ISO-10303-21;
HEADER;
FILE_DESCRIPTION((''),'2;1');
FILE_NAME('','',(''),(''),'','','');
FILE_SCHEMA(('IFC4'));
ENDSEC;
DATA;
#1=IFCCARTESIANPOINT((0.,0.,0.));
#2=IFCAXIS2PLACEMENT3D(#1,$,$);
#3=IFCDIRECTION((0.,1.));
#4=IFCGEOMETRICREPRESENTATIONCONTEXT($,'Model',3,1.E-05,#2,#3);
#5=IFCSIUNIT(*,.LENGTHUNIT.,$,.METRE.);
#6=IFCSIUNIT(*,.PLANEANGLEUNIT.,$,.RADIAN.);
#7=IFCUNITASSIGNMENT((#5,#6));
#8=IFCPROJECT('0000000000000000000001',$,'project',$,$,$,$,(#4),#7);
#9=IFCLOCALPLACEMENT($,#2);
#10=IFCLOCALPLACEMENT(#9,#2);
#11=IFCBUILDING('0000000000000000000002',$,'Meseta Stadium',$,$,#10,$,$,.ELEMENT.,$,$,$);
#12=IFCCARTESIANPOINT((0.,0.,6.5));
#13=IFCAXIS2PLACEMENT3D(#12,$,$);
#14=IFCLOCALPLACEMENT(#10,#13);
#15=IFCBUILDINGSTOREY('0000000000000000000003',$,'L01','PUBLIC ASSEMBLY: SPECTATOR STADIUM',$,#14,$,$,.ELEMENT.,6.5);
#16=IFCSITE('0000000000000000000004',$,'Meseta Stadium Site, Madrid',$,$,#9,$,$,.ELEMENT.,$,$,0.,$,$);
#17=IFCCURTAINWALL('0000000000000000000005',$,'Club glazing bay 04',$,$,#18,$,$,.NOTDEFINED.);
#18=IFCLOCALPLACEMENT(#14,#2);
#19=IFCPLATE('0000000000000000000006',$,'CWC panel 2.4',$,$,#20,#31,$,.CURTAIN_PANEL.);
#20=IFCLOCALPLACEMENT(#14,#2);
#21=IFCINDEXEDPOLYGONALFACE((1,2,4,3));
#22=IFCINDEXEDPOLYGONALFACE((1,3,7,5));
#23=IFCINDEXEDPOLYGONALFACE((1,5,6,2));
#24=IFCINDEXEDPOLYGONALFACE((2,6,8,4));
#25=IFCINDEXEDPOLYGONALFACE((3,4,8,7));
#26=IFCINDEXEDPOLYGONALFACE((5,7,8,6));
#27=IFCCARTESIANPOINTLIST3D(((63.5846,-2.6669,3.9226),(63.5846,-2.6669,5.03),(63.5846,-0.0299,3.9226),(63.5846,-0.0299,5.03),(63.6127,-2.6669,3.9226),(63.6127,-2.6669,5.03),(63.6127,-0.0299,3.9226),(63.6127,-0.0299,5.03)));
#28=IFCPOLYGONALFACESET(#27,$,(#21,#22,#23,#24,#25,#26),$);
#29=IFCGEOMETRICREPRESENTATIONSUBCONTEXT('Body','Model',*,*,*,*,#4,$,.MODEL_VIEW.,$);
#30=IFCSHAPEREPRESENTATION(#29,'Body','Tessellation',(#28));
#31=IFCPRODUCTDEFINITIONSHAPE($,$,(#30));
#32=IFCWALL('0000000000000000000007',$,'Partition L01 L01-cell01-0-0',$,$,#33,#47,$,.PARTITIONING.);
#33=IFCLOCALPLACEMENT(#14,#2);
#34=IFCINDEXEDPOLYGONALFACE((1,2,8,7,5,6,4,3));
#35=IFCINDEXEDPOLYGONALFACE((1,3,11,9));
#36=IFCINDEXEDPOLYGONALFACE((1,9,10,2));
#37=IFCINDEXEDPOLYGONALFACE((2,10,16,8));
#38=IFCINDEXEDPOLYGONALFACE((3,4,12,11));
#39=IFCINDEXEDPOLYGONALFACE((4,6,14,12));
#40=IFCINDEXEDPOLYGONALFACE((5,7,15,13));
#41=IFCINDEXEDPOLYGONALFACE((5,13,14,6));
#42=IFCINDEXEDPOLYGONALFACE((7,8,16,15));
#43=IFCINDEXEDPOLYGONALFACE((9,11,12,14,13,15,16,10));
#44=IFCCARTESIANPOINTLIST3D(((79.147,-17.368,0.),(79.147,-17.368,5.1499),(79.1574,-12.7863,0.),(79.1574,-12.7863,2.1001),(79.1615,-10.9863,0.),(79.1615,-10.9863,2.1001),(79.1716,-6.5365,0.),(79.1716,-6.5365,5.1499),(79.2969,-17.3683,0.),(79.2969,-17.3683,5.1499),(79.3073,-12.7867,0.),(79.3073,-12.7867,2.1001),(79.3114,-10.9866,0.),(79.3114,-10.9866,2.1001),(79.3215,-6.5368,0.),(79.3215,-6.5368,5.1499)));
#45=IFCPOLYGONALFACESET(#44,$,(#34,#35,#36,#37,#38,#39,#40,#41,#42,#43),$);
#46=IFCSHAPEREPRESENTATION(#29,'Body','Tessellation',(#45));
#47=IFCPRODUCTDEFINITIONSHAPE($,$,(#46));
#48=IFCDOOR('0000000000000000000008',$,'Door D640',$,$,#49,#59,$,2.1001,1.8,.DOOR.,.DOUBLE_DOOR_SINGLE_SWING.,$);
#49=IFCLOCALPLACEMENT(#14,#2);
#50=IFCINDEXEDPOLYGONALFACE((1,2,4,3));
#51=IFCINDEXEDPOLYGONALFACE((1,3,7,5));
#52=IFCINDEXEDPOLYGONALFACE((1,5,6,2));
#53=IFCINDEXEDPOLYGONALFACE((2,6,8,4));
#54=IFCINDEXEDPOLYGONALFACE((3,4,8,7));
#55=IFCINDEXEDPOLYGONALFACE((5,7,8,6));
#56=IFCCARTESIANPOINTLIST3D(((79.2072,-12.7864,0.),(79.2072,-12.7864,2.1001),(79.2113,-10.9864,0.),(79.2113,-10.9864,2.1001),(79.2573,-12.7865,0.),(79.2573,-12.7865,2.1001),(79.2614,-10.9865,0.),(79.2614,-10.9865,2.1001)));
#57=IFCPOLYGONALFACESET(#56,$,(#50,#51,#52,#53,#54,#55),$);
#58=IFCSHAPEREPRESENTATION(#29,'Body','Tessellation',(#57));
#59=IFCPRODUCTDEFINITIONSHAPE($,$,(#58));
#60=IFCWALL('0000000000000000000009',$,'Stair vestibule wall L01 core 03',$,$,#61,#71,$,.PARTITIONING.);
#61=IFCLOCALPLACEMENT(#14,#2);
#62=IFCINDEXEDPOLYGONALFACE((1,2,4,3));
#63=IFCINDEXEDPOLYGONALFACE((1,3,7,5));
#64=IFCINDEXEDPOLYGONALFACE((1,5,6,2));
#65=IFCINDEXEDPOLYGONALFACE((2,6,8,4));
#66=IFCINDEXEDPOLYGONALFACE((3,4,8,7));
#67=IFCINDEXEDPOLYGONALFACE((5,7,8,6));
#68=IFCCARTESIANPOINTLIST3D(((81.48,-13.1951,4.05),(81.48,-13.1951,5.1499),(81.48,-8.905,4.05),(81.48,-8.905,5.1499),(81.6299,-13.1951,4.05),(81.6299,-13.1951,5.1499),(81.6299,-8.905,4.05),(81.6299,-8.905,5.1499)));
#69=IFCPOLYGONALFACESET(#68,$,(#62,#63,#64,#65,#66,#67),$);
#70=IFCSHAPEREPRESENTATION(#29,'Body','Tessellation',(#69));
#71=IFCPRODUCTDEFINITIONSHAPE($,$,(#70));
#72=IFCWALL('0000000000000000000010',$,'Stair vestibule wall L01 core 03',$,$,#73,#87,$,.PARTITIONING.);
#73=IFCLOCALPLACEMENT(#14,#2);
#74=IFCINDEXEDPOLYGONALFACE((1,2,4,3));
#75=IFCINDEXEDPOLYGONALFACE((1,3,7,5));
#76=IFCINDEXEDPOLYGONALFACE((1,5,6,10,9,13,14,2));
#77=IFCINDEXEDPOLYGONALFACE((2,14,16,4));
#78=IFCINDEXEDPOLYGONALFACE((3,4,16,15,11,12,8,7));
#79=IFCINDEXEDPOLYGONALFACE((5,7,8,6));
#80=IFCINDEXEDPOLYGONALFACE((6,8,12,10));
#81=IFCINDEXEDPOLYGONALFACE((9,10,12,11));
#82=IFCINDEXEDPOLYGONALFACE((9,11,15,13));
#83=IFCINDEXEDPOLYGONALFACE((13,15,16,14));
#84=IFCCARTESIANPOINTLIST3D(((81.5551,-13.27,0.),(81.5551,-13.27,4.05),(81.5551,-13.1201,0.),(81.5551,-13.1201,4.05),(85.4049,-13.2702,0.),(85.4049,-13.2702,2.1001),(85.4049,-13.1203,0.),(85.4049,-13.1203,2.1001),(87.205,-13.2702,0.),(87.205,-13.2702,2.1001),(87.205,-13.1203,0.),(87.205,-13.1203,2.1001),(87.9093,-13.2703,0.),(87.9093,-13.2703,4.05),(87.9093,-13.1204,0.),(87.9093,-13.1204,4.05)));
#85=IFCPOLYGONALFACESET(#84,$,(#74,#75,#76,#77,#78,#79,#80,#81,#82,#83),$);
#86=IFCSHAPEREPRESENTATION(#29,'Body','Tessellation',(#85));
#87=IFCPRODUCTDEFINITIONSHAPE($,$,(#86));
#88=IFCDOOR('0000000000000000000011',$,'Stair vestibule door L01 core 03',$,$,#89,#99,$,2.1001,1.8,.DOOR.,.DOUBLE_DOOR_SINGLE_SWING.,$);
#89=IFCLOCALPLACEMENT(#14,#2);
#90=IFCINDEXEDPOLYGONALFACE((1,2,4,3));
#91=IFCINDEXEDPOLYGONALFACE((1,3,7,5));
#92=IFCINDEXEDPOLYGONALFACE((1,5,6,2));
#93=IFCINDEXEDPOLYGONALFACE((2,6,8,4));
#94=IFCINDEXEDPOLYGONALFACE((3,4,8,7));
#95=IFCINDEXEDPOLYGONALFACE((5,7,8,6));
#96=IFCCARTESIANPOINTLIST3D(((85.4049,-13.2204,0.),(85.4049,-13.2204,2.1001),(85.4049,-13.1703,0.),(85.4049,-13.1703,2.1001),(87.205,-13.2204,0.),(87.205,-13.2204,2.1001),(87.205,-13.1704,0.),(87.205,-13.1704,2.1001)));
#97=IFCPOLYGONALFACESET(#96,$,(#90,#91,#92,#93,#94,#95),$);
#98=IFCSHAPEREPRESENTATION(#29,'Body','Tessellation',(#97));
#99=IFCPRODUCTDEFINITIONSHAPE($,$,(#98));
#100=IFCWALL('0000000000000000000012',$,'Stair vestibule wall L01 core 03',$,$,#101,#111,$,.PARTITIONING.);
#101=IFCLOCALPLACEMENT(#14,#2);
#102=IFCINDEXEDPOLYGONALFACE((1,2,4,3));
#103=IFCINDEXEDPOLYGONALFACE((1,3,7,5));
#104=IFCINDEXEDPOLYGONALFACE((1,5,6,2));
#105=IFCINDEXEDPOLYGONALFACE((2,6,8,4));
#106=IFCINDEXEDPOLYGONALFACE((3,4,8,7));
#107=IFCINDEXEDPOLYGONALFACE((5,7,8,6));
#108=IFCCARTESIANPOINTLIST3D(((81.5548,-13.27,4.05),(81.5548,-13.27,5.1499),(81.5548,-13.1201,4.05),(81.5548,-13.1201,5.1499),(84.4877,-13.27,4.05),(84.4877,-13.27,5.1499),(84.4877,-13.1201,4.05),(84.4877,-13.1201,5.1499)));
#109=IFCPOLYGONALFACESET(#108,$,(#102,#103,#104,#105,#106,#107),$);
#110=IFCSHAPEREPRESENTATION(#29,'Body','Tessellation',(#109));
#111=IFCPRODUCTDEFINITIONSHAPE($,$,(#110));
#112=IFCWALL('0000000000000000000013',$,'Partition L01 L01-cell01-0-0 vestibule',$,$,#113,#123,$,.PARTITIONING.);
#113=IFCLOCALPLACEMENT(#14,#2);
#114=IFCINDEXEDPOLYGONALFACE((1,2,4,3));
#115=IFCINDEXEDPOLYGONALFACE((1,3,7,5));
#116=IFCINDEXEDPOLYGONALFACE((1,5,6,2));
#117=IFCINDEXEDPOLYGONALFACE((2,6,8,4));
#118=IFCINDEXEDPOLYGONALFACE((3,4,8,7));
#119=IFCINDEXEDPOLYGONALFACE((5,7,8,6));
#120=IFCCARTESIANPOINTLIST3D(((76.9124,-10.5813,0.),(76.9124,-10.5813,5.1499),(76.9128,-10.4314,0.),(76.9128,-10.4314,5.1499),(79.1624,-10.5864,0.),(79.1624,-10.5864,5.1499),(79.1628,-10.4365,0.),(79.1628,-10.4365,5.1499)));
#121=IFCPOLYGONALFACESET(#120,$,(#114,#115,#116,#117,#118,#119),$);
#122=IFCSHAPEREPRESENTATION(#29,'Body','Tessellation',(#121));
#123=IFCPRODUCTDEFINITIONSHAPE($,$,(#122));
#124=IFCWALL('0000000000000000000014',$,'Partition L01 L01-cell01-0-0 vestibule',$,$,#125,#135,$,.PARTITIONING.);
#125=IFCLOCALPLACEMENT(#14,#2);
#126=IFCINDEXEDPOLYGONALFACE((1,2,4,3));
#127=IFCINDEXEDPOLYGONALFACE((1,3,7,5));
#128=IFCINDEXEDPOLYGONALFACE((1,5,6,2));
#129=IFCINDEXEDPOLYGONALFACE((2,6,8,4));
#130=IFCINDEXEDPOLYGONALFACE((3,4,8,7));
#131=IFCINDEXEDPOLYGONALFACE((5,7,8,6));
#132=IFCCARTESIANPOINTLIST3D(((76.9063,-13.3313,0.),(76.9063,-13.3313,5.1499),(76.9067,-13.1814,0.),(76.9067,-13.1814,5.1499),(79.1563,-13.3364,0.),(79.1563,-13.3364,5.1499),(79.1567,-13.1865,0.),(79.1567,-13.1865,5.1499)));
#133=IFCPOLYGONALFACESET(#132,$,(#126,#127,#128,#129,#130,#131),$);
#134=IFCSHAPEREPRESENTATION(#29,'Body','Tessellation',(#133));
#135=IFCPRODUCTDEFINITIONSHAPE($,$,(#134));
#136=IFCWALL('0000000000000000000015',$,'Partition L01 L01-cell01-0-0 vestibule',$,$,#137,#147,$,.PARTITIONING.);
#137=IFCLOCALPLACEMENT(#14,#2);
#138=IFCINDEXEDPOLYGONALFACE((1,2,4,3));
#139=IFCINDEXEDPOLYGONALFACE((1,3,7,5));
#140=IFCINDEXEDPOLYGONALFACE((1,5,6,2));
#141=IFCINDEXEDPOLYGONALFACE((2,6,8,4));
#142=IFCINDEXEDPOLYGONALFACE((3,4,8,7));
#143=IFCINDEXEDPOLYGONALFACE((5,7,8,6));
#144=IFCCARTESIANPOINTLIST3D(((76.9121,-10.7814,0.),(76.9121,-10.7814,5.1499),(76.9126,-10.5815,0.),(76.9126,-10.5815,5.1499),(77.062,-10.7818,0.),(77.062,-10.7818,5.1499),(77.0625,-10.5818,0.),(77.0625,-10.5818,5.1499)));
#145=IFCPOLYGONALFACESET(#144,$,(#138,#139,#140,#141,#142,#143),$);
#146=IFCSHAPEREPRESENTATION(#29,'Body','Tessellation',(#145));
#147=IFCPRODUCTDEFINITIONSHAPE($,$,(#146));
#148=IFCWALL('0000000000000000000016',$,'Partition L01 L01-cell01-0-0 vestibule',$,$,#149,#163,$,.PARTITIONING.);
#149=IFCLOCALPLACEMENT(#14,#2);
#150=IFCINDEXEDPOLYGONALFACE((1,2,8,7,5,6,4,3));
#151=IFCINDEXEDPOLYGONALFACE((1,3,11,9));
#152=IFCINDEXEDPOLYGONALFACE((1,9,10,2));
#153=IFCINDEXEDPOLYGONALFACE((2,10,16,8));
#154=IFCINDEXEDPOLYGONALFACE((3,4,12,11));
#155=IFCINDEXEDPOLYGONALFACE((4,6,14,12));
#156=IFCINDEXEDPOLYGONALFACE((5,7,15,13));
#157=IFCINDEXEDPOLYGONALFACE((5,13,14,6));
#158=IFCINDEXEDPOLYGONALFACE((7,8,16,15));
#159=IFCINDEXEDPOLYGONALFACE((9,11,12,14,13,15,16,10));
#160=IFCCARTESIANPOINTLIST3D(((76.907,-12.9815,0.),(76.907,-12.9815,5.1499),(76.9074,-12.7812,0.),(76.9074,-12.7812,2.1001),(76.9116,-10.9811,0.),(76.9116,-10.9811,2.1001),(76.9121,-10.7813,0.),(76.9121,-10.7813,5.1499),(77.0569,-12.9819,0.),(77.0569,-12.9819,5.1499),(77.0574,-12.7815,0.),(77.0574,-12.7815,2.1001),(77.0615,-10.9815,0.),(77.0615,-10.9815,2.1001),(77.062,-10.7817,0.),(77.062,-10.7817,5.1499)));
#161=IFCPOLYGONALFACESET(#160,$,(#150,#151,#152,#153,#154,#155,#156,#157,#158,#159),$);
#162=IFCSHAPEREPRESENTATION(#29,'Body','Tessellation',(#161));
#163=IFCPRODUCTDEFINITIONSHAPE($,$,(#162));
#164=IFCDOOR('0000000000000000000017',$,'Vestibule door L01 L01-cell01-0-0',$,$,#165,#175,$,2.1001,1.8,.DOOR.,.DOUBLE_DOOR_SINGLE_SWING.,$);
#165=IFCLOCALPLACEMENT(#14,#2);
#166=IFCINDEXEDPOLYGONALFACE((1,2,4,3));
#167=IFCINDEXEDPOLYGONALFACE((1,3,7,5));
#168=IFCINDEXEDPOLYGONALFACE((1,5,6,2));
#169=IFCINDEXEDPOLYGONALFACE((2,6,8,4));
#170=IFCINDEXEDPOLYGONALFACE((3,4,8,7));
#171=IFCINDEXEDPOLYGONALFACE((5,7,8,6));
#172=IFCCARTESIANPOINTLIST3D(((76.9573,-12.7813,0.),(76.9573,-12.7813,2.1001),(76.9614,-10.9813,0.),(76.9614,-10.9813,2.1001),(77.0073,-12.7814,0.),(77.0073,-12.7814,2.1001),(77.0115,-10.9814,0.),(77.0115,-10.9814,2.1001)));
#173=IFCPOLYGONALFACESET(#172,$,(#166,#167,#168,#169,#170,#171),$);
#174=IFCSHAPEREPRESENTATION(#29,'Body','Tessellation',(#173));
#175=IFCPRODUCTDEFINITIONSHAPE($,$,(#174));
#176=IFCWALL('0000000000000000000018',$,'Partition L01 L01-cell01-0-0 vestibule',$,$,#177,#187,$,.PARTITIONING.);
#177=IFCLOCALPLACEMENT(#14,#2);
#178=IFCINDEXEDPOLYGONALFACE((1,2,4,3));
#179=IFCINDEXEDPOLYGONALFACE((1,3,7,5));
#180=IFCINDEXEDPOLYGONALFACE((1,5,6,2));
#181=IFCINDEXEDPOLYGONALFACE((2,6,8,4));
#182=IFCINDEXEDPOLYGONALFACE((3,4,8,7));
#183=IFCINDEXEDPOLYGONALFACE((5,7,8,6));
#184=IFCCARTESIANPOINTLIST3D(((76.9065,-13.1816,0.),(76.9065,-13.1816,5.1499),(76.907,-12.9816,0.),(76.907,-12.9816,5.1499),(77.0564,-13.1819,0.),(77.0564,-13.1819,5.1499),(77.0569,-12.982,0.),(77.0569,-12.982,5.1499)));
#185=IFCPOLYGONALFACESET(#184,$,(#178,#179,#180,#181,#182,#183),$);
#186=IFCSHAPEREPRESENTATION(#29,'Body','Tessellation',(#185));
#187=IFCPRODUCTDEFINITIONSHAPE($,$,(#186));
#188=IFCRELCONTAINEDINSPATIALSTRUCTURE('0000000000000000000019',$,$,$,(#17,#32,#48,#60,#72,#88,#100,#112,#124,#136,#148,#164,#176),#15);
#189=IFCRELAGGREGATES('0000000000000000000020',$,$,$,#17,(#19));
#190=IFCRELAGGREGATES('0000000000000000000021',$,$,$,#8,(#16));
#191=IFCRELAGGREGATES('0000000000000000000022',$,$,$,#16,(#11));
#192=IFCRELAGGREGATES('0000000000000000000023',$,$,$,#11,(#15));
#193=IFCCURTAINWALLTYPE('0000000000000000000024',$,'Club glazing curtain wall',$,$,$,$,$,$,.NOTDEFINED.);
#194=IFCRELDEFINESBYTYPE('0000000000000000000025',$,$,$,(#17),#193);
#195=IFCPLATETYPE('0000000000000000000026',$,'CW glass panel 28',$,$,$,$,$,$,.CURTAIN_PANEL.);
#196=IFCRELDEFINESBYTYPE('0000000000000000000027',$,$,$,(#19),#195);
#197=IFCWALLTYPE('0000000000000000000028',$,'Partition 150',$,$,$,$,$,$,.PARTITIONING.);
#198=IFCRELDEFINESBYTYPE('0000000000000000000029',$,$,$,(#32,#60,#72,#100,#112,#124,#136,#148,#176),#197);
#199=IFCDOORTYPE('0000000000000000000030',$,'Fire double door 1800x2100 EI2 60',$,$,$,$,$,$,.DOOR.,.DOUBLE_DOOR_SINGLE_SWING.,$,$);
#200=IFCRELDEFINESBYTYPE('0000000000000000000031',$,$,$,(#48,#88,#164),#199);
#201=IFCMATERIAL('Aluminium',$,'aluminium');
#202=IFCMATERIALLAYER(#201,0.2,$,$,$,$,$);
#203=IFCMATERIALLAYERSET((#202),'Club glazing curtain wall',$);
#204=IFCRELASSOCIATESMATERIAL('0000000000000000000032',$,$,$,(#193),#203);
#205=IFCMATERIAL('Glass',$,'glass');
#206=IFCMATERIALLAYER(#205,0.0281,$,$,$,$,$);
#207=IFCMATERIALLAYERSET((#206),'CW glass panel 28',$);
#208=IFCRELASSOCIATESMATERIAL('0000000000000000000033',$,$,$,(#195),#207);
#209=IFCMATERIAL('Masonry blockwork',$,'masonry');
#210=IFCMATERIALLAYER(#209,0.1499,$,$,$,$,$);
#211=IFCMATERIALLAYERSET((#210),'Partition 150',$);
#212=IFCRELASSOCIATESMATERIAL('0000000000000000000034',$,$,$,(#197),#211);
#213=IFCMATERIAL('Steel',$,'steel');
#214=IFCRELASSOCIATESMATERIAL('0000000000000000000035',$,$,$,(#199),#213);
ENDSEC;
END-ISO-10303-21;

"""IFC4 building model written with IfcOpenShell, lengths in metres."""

from ifc_helpers import new_model, si_unit, direction, frame, frame_2d, origin, origin_2d, place, context, subcontext, project, spatial, rectangle, extrude, material, layer, layer_set, type_object, element, fill, aggregate, save


model = new_model("IFC4")

# Units and contexts
model_context = context("Model", 3, precision=1e-05, world=origin(), true_north=direction((0.0, 1.0)))
body_context = subcontext(model_context, "Body", "Model", "MODEL_VIEW")
ifc_project = project(units=[si_unit("LENGTHUNIT", "METRE"), si_unit("PLANEANGLEUNIT", "RADIAN")], contexts=[model_context])

# Site, building, storey
site_placement = place(None, origin())
site = spatial("IfcSite", under=ifc_project, at=site_placement, Name="Meseta Stadium Site, Madrid", CompositionType="ELEMENT", RefElevation=0.0)
building_placement = place(site_placement, origin())
building = spatial("IfcBuilding", under=site, at=building_placement, Name="Meseta Stadium", CompositionType="ELEMENT")
storey_placement = place(building_placement, frame((0.0, 0.0, 6.5)))
storey = spatial("IfcBuildingStorey", under=building, at=storey_placement, Name="L01", Description="PUBLIC ASSEMBLY: SPECTATOR STADIUM", CompositionType="ELEMENT", Elevation=6.5)

# Curtain wall
ifc_material_1 = material(Name="Aluminium", Category="aluminium")
ifc_layer_1 = layer(ifc_material_1, 0.2)
ifc_layer_set_1 = layer_set([ifc_layer_1], Name="Club glazing curtain wall")
curtain_wall_type = type_object("IfcCurtainWallType", Name="Club glazing curtain wall", PredefinedType="NOTDEFINED", material=ifc_layer_set_1)
curtain_wall_placement = place(storey_placement, origin())
curtain_wall = element("IfcCurtainWall", 1, at=curtain_wall_placement, inside=storey, type_object=curtain_wall_type, Name="Club glazing bay 04", PredefinedType="NOTDEFINED")

# Plate
ifc_material_2 = material(Name="Glass", Category="glass")
ifc_layer_2 = layer(ifc_material_2, 0.0281)
ifc_layer_set_2 = layer_set([ifc_layer_2], Name="CW glass panel 28")
plate_type = type_object("IfcPlateType", Name="CW glass panel 28", PredefinedType="CURTAIN_PANEL", material=ifc_layer_set_2)
plate_1_placement = place(storey_placement, frame((63.5986, -1.3484, 3.9226), z_axis=(0.0, 0.0, 1.0), x_axis=(0.0, 1.0, 0.0)))
plate_1 = element("IfcPlate", 2, at=plate_1_placement, type_object=plate_type, Name="CWC panel 2.4", PredefinedType="CURTAIN_PANEL", context=body_context, shape_type="SweptSolid", body=[
    extrude(rectangle(XDim=2.637, YDim=0.0281, at=origin_2d()), origin(), (0.0, 0.0, 1.0), 1.1074),
])
aggregate(curtain_wall, [plate_1])

# Wall, opening, door
ifc_material_3 = material(Name="Masonry blockwork", Category="masonry")
ifc_layer_3 = layer(ifc_material_3, 0.1499)
ifc_layer_set_3 = layer_set([ifc_layer_3], Name="Partition 150")
wall_type = type_object("IfcWallType", Name="Partition 150", PredefinedType="PARTITIONING", material=ifc_layer_set_3)
wall_1_placement = place(storey_placement, frame((79.2466, -6.5366, 0.0), z_axis=(0.0, 0.0, 1.0), x_axis=(-0.002277, -0.999997, 0.0)))
wall_1 = element("IfcWall", 3, at=wall_1_placement, inside=storey, type_object=wall_type, Name="Partition L01 L01-cell01-0-0", PredefinedType="PARTITIONING", context=body_context, shape_type="SweptSolid", body=[
    extrude(rectangle(XDim=10.8315, YDim=0.1499, at=frame_2d((5.4158, 0.0))), origin(), (0.0, 0.0, 1.0), 5.1499),
])
opening_1_placement = place(wall_1_placement, frame((4.45, 0.0, 0.0)))
opening_1 = element("IfcOpeningElement", 4, at=opening_1_placement, cuts=wall_1, PredefinedType="OPENING", context=body_context, shape_type="SweptSolid", body=[
    extrude(rectangle(XDim=1.8, YDim=2.1001, at=frame_2d((0.8999, 1.05))), frame((0.0, 0.085, 0.0), z_axis=(0.0, -1.0, 0.0), x_axis=(1.0, 0.0, 0.0)), (0.0, 0.0, 1.0), 0.1699),
])
ifc_material_4 = material(Name="Steel", Category="steel")
door_type = type_object("IfcDoorType", Name="Fire double door 1800x2100 EI2 60", OperationType="DOUBLE_DOOR_SINGLE_SWING", PredefinedType="DOOR", material=ifc_material_4)
door_1_placement = place(opening_1_placement, origin())
door_1 = element("IfcDoor", 5, at=door_1_placement, inside=storey, type_object=door_type, Name="Door D640", OperationType="DOUBLE_DOOR_SINGLE_SWING", OverallHeight=2.1001, OverallWidth=1.8, PredefinedType="DOOR", context=body_context, shape_type="SweptSolid", body=[
    extrude(rectangle(XDim=1.8, YDim=2.1001, at=frame_2d((0.8999, 1.05))), frame((0.0, 0.0249, 0.0), z_axis=(0.0, -1.0, 0.0), x_axis=(1.0, 0.0, 0.0)), (0.0, 0.0, 1.0), 0.05),
])
fill(opening_1, door_1)

# Wall
wall_2_placement = place(storey_placement, frame((81.5549, -8.905, 4.05), z_axis=(0.0, 0.0, 1.0), x_axis=(0.0, -1.0, 0.0)))
element("IfcWall", 6, at=wall_2_placement, inside=storey, type_object=wall_type, Name="Stair vestibule wall L01 core 03", PredefinedType="PARTITIONING", context=body_context, shape_type="SweptSolid", body=[
    extrude(rectangle(XDim=4.29, YDim=0.1499, at=frame_2d((2.145, 0.0))), origin(), (0.0, 0.0, 1.0), 1.0999),
])

# Wall, opening, door
wall_3_placement = place(storey_placement, frame((81.5549, -13.1951, 0.0), z_axis=(0.0, 0.0, 1.0), x_axis=(1.0, -0.000038, 0.0)))
wall_3 = element("IfcWall", 7, at=wall_3_placement, inside=storey, type_object=wall_type, Name="Stair vestibule wall L01 core 03", PredefinedType="PARTITIONING", context=body_context, shape_type="SweptSolid", body=[
    extrude(rectangle(XDim=6.3542, YDim=0.1499, at=frame_2d((3.1772, 0.0))), origin(), (0.0, 0.0, 1.0), 4.05),
])
opening_2_placement = place(wall_3_placement, frame((3.8501, 0.0, 0.0)))
opening_2 = element("IfcOpeningElement", 8, at=opening_2_placement, cuts=wall_3, PredefinedType="OPENING", context=body_context, shape_type="SweptSolid", body=[
    extrude(rectangle(XDim=1.8, YDim=2.1001, at=frame_2d((0.8999, 1.05))), frame((0.0, 0.085, 0.0), z_axis=(0.0, -1.0, 0.0), x_axis=(1.0, 0.0, 0.0)), (0.0, 0.0, 1.0), 0.1699),
])
door_2_placement = place(opening_2_placement, origin())
door_2 = element("IfcDoor", 9, at=door_2_placement, inside=storey, type_object=door_type, Name="Stair vestibule door L01 core 03", OperationType="DOUBLE_DOOR_SINGLE_SWING", OverallHeight=2.1001, OverallWidth=1.8, PredefinedType="DOOR", context=body_context, shape_type="SweptSolid", body=[
    extrude(rectangle(XDim=1.8, YDim=2.1001, at=frame_2d((0.8999, 1.05))), frame((0.0, 0.0249, 0.0), z_axis=(0.0, -1.0, 0.0), x_axis=(1.0, 0.0, 0.0)), (0.0, 0.0, 1.0), 0.05),
])
fill(opening_2, door_2)

# Walls
wall_4_placement = place(storey_placement, frame((81.5549, -13.1951, 4.05), z_axis=(0.0, 0.0, 1.0), x_axis=(1.0, 0.0, 0.0)))
element("IfcWall", 10, at=wall_4_placement, inside=storey, type_object=wall_type, Name="Stair vestibule wall L01 core 03", PredefinedType="PARTITIONING", context=body_context, shape_type="SweptSolid", body=[
    extrude(rectangle(XDim=2.9329, YDim=0.1499, at=frame_2d((1.4663, 0.0))), origin(), (0.0, 0.0, 1.0), 1.0999),
])
for number, where, z_axis, x_axis, name in (
    (11, (79.1626, -10.5115, 0.0), (0.0, 0.0, 1.0), (-0.999997, 0.002279, 0.0), "Partition L01 L01-cell01-0-0 vestibule"),
    (12, (79.1565, -13.2615, 0.0), (0.0, 0.0, 1.0), (-0.999997, 0.002279, 0.0), "Partition L01 L01-cell01-0-0 vestibule"),
):
    element("IfcWall", number, at=place(storey_placement, frame(where, z_axis=z_axis, x_axis=x_axis)), inside=storey, type_object=wall_type, Name=name, PredefinedType="PARTITIONING", context=body_context, shape_type="SweptSolid", body=[
        extrude(rectangle(XDim=2.25, YDim=0.1499, at=frame_2d((1.125, 0.0))), origin(), (0.0, 0.0, 1.0), 5.1499),
    ])
wall_5_placement = place(storey_placement, frame((76.9875, -10.5815, 0.0), z_axis=(0.0, 0.0, 1.0), x_axis=(-0.002442, -0.999997, 0.0)))
element("IfcWall", 13, at=wall_5_placement, inside=storey, type_object=wall_type, Name="Partition L01 L01-cell01-0-0 vestibule", PredefinedType="PARTITIONING", context=body_context, shape_type="SweptSolid", body=[
    extrude(rectangle(XDim=0.2, YDim=0.1499, at=frame_2d((0.1001, 0.0))), origin(), (0.0, 0.0, 1.0), 5.1499),
])

# Wall, opening, door
wall_6_placement = place(storey_placement, frame((76.9871, -10.7815, 0.0), z_axis=(0.0, 0.0, 1.0), x_axis=(-0.00233, -0.999997, 0.0)))
wall_6 = element("IfcWall", 14, at=wall_6_placement, inside=storey, type_object=wall_type, Name="Partition L01 L01-cell01-0-0 vestibule", PredefinedType="PARTITIONING", context=body_context, shape_type="SweptSolid", body=[
    extrude(rectangle(XDim=2.2002, YDim=0.1499, at=frame_2d((1.1001, 0.0))), origin(), (0.0, 0.0, 1.0), 5.1499),
])
opening_3_placement = place(wall_6_placement, frame((0.2, 0.0, 0.0)))
opening_3 = element("IfcOpeningElement", 15, at=opening_3_placement, cuts=wall_6, PredefinedType="OPENING", context=body_context, shape_type="SweptSolid", body=[
    extrude(rectangle(XDim=1.8, YDim=2.1001, at=frame_2d((0.8999, 1.05))), frame((0.0, 0.085, 0.0), z_axis=(0.0, -1.0, 0.0), x_axis=(1.0, 0.0, 0.0)), (0.0, 0.0, 1.0), 0.1699),
])
door_3_placement = place(opening_3_placement, origin())
door_3 = element("IfcDoor", 16, at=door_3_placement, inside=storey, type_object=door_type, Name="Vestibule door L01 L01-cell01-0-0", OperationType="DOUBLE_DOOR_SINGLE_SWING", OverallHeight=2.1001, OverallWidth=1.8, PredefinedType="DOOR", context=body_context, shape_type="SweptSolid", body=[
    extrude(rectangle(XDim=1.8, YDim=2.1001, at=frame_2d((0.8999, 1.05))), frame((0.0, 0.0249, 0.0), z_axis=(0.0, -1.0, 0.0), x_axis=(1.0, 0.0, 0.0)), (0.0, 0.0, 1.0), 0.05),
])
fill(opening_3, door_3)

# Wall
wall_7_placement = place(storey_placement, frame((76.9819, -12.9817, 0.0), z_axis=(0.0, 0.0, 1.0), x_axis=(-0.002442, -0.999997, 0.0)))
element("IfcWall", 17, at=wall_7_placement, inside=storey, type_object=wall_type, Name="Partition L01 L01-cell01-0-0 vestibule", PredefinedType="PARTITIONING", context=body_context, shape_type="SweptSolid", body=[
    extrude(rectangle(XDim=0.2, YDim=0.1499, at=frame_2d((0.1001, 0.0))), origin(), (0.0, 0.0, 1.0), 5.1499),
])

save(model, "model.ifc")
